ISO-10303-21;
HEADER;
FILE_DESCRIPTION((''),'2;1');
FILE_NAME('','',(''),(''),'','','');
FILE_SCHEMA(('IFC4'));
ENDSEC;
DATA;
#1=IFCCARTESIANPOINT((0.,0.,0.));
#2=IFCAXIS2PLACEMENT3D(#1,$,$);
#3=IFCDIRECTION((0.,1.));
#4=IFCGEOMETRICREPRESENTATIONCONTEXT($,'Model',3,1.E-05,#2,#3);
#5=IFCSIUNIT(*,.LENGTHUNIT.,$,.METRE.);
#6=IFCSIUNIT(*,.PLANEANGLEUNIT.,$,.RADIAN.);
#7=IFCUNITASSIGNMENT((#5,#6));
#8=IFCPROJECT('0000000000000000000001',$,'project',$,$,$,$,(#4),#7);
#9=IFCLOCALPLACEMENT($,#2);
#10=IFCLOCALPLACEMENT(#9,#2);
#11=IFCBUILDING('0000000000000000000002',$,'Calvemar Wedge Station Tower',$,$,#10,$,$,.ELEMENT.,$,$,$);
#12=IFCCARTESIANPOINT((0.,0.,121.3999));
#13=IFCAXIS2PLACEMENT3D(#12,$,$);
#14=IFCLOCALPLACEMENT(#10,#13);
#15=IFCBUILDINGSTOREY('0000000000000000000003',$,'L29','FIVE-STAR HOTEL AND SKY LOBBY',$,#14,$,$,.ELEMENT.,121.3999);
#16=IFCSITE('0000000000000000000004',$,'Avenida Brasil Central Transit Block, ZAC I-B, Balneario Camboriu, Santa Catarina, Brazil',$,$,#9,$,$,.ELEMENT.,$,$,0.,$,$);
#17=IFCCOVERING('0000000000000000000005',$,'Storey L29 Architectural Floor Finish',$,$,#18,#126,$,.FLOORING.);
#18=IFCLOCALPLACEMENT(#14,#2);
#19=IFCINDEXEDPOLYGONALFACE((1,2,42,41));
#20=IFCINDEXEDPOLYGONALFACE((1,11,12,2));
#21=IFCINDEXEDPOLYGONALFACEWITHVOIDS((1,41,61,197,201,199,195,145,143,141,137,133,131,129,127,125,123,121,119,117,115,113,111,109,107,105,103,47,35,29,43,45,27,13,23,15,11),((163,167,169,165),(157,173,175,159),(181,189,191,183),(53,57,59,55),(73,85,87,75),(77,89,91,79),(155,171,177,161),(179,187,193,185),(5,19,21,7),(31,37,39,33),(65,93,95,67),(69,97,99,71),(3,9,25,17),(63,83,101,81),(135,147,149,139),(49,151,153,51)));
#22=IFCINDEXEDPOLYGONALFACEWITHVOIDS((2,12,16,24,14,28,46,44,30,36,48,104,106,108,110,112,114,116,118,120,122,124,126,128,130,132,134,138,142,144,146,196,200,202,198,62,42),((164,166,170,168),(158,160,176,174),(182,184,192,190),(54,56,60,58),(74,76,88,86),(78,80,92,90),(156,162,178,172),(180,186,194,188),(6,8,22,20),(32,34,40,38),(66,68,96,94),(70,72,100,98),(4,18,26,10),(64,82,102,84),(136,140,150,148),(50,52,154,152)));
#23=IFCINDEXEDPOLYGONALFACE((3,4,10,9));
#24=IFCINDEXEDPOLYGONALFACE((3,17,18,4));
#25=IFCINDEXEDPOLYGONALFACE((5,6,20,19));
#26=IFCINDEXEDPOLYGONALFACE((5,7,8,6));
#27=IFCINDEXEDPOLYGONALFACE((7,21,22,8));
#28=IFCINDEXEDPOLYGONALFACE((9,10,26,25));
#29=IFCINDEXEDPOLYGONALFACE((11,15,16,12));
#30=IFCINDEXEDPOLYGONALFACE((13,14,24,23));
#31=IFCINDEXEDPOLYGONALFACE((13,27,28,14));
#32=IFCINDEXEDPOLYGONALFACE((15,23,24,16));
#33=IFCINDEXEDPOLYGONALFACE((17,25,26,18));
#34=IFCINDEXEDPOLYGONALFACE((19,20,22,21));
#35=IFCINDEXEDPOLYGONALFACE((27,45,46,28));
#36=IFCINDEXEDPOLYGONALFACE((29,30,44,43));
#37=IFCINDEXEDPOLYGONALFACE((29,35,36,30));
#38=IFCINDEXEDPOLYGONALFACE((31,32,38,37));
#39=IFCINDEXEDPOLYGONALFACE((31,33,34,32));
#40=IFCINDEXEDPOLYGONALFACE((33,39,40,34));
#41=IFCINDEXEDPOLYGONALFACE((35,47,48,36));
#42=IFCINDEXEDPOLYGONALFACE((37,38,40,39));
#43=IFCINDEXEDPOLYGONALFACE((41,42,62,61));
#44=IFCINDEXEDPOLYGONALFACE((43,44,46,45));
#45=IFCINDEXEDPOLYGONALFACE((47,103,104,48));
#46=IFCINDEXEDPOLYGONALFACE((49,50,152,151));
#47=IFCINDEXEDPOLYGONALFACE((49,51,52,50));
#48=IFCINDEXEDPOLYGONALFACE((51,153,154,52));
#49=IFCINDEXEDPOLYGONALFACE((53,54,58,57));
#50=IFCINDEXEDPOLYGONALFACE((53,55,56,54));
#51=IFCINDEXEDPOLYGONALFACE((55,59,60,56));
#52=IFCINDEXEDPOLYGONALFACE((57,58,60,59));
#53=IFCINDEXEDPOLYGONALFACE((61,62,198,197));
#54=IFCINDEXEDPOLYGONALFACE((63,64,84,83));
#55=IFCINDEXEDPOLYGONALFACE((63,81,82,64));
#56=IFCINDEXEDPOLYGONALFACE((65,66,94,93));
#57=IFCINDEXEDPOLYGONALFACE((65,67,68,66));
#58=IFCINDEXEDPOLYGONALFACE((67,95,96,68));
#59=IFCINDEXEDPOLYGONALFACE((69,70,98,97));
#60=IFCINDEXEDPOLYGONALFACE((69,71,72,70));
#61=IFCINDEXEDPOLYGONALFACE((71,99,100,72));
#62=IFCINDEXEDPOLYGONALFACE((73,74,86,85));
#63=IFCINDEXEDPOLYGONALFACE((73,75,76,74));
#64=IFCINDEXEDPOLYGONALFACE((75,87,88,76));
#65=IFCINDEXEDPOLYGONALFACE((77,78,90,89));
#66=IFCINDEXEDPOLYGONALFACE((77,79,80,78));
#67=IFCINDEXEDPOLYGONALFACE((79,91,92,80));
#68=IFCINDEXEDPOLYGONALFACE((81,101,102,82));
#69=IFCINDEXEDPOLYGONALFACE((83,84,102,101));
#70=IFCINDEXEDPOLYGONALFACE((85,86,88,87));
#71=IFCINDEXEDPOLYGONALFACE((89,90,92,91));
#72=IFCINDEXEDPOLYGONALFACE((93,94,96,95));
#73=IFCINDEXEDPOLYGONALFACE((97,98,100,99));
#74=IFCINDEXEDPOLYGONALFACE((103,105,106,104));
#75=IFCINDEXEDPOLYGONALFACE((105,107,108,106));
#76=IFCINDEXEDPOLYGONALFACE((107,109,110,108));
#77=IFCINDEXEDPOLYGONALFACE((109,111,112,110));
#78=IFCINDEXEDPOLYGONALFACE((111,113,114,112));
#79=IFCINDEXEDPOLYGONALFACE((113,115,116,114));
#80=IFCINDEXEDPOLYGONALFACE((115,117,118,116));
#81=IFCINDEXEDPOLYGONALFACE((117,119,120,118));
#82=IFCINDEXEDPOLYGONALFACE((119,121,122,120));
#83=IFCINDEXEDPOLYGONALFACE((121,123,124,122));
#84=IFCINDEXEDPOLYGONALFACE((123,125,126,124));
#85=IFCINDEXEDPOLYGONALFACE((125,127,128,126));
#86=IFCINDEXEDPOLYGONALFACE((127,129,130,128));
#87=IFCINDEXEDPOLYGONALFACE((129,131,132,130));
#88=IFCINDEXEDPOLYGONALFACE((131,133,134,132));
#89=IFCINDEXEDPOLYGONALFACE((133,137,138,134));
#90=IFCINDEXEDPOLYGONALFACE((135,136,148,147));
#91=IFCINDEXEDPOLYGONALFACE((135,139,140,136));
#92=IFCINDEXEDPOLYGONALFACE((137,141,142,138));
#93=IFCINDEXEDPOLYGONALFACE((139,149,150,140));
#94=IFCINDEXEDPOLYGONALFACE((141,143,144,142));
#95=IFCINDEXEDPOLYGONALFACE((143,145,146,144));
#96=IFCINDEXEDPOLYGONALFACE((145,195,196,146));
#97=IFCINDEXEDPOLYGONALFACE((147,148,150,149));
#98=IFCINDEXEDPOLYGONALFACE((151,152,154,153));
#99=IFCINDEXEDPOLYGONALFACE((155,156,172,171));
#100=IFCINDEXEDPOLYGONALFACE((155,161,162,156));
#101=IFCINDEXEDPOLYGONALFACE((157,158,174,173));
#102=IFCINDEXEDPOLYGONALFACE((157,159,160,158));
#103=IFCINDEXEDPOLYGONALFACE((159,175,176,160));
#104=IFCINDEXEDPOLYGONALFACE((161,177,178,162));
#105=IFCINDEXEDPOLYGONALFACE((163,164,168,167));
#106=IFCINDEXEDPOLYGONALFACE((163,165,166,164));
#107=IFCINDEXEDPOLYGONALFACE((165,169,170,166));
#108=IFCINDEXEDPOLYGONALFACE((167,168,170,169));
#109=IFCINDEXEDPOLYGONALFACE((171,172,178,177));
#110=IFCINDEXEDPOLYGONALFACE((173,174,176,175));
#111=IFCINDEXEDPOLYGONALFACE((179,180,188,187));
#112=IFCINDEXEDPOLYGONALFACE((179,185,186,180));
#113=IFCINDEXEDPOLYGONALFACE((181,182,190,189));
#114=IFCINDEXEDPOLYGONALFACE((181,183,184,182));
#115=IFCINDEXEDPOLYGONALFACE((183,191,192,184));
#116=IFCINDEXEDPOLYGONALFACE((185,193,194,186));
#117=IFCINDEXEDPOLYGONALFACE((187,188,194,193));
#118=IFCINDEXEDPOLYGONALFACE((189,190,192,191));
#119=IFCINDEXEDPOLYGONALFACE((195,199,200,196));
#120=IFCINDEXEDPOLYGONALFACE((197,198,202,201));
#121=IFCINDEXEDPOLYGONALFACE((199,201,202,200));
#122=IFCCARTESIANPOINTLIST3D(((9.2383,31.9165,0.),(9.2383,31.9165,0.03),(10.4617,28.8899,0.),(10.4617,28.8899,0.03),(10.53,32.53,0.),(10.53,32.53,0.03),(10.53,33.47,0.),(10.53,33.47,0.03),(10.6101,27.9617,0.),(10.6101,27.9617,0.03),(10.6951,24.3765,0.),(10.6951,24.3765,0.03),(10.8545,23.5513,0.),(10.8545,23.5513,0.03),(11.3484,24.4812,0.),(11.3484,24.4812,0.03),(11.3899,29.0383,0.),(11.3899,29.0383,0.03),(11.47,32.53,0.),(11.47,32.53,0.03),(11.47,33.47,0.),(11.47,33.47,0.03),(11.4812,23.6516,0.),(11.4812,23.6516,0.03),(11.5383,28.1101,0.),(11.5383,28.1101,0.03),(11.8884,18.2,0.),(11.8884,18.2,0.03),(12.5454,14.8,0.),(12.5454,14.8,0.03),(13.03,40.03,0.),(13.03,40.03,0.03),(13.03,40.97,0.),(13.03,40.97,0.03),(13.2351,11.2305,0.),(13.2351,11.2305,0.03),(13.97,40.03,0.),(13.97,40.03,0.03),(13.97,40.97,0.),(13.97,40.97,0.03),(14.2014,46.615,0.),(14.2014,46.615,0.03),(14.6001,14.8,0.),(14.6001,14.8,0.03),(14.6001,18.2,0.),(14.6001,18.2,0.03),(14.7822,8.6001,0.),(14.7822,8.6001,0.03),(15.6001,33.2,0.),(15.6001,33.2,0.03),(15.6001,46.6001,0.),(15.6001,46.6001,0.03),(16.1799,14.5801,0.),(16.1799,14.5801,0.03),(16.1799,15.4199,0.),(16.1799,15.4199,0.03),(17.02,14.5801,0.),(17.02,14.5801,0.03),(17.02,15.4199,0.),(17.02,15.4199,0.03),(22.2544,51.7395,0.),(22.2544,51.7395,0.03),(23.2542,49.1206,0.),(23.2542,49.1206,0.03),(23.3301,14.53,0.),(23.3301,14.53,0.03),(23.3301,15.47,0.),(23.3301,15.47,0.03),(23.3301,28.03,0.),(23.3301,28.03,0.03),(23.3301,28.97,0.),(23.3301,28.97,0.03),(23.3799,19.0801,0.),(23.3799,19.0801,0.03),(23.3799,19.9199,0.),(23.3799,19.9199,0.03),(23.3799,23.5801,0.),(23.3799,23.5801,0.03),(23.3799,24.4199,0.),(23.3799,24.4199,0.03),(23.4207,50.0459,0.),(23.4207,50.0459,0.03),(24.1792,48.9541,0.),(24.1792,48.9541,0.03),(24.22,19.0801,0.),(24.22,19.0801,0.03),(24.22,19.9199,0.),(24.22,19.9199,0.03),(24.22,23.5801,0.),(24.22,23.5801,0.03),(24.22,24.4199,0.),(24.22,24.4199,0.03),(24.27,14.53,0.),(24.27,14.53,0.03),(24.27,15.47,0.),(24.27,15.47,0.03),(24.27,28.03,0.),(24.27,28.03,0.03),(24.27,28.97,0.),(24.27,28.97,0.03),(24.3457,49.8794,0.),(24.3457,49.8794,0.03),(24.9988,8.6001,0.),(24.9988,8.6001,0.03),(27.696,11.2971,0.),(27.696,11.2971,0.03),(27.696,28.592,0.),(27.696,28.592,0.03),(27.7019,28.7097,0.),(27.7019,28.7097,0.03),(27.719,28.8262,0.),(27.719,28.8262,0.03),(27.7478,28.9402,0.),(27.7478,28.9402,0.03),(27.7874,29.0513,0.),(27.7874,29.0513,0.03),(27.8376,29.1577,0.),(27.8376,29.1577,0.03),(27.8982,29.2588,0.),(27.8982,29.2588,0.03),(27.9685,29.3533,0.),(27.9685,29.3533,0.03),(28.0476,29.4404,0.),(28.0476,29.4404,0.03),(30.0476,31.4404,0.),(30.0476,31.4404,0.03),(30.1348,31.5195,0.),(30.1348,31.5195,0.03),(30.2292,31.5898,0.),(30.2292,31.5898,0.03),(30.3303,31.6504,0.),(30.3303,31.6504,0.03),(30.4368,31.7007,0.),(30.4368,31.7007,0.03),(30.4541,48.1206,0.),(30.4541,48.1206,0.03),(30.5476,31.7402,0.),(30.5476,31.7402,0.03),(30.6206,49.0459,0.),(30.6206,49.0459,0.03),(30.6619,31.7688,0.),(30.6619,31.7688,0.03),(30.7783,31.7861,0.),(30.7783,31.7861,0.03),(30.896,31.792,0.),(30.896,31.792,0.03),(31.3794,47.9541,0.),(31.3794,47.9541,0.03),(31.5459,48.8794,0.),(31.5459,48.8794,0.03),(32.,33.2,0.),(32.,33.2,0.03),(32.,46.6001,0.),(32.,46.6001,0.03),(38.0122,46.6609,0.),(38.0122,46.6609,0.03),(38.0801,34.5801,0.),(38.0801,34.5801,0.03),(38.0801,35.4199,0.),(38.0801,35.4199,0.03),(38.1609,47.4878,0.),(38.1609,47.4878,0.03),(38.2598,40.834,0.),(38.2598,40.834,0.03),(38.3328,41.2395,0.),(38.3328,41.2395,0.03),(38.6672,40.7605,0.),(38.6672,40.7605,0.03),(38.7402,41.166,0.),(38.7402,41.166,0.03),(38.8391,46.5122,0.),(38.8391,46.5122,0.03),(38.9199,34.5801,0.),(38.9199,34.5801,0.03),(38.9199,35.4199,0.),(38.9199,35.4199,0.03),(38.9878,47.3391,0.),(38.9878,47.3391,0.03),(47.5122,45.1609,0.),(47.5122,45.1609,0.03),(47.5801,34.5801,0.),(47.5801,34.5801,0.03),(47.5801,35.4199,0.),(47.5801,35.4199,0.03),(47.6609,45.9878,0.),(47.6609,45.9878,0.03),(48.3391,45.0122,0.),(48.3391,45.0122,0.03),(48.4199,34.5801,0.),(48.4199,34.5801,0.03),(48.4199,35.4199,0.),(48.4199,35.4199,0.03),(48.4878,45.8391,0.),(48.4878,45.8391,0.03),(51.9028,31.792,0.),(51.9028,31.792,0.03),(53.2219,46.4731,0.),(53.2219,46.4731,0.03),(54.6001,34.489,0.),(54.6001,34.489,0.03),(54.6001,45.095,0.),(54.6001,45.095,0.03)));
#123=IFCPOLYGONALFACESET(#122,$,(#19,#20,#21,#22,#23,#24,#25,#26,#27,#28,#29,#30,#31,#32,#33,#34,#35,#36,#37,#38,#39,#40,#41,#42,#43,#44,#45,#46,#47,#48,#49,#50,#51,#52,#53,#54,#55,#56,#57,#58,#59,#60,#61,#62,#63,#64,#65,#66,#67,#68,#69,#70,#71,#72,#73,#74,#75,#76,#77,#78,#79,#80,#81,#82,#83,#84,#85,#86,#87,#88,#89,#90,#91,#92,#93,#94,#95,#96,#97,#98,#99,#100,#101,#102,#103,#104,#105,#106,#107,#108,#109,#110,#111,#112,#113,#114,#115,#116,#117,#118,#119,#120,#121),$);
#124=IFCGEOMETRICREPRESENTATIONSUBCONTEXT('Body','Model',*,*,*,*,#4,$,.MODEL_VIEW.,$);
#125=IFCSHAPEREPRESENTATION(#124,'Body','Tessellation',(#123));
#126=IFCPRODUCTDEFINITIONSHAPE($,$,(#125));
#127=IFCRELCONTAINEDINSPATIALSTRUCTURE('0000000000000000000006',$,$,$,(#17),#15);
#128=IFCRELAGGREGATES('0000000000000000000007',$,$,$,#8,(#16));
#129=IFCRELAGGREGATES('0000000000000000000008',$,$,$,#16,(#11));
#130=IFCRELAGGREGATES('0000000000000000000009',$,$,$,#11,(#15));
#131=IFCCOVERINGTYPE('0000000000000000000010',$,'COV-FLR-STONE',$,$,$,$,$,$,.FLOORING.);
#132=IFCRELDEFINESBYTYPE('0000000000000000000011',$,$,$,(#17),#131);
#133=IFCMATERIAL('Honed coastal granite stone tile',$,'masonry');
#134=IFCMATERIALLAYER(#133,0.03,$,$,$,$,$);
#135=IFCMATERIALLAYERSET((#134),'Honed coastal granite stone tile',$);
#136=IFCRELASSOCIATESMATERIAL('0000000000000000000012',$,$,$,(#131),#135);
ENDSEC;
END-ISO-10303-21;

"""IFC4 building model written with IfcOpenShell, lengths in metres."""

from ifc_helpers import new_model, si_unit, direction, frame, origin, place, context, subcontext, project, spatial, polyline, outline, extrude, material, layer, layer_set, type_object, element, save


model = new_model("IFC4")

# Units and contexts
model_context = context("Model", 3, precision=1e-05, world=origin(), true_north=direction((0.0, 1.0)))
body_context = subcontext(model_context, "Body", "Model", "MODEL_VIEW")
ifc_project = project(units=[si_unit("LENGTHUNIT", "METRE"), si_unit("PLANEANGLEUNIT", "RADIAN")], contexts=[model_context])

# Site, building, storey
site_placement = place(None, origin())
site = spatial("IfcSite", under=ifc_project, at=site_placement, Name="Avenida Brasil Central Transit Block, ZAC I-B, Balneario Camboriu, Santa Catarina, Brazil", CompositionType="ELEMENT", RefElevation=0.0)
building_placement = place(site_placement, origin())
building = spatial("IfcBuilding", under=site, at=building_placement, Name="Calvemar Wedge Station Tower", CompositionType="ELEMENT")
storey_placement = place(building_placement, frame((0.0, 0.0, 121.3999)))
storey = spatial("IfcBuildingStorey", under=building, at=storey_placement, Name="L29", Description="FIVE-STAR HOTEL AND SKY LOBBY", CompositionType="ELEMENT", Elevation=121.3999)

# Covering
ifc_material_1 = material(Name="Honed coastal granite stone tile", Category="masonry")
ifc_layer_1 = layer(ifc_material_1, 0.03)
ifc_layer_set_1 = layer_set([ifc_layer_1], Name="Honed coastal granite stone tile")
covering_type_1 = type_object("IfcCoveringType", Name="COV-FLR-STONE", PredefinedType="FLOORING", material=ifc_layer_set_1)
covering_1_placement = place(storey_placement, origin())
element("IfcCovering", 1, at=covering_1_placement, inside=storey, type_object=covering_type_1, Name="Storey L29 Architectural Floor Finish", PredefinedType="FLOORING", context=body_context, shape_type="SweptSolid", body=[
    extrude(outline(polyline([(28.0476, 29.4404), (30.0476, 31.4404), (30.1348, 31.5195), (30.2292, 31.5898), (30.3303, 31.6504), (30.4368, 31.7007), (30.5476, 31.7402), (30.6619, 31.7688), (30.7783, 31.7861), (30.896, 31.792), (51.9028, 31.792), (54.6001, 34.489), (54.6001, 45.095), (53.2219, 46.4731), (22.2544, 51.7395), (14.2014, 46.615), (9.2383, 31.9165), (10.6951, 24.3765), (11.3484, 24.4812), (11.4812, 23.6516), (10.8545, 23.5513), (11.8884, 18.2), (14.6001, 18.2), (14.6001, 14.8), (12.5454, 14.8), (13.2351, 11.2305), (14.7822, 8.6001), (24.9988, 8.6001), (27.696, 11.2971), (27.696, 28.592), (27.7019, 28.7097), (27.719, 28.8262), (27.7478, 28.9402), (27.7874, 29.0513), (27.8376, 29.1577), (27.8982, 29.2588), (27.9685, 29.3533), (28.0476, 29.4404)]), holes=[polyline([(15.6001, 46.6001), (32.0, 46.6001), (32.0, 33.2), (15.6001, 33.2), (15.6001, 46.6001)]), polyline([(10.53, 32.53), (10.53, 33.47), (11.47, 33.47), (11.47, 32.53), (10.53, 32.53)]), polyline([(13.03, 40.97), (13.97, 40.97), (13.97, 40.03), (13.03, 40.03), (13.03, 40.97)]), polyline([(24.3457, 49.8794), (24.1792, 48.9541), (23.2542, 49.1206), (23.4207, 50.0459), (24.3457, 49.8794)]), polyline([(31.3794, 47.9541), (30.4541, 48.1206), (30.6206, 49.0459), (31.5459, 48.8794), (31.3794, 47.9541)]), polyline([(38.0122, 46.6609), (38.1609, 47.4878), (38.9878, 47.3391), (38.8391, 46.5122), (38.0122, 46.6609)]), polyline([(47.6609, 45.9878), (48.4878, 45.8391), (48.3391, 45.0122), (47.5122, 45.1609), (47.6609, 45.9878)]), polyline([(38.9199, 35.4199), (38.9199, 34.5801), (38.0801, 34.5801), (38.0801, 35.4199), (38.9199, 35.4199)]), polyline([(48.4199, 34.5801), (47.5801, 34.5801), (47.5801, 35.4199), (48.4199, 35.4199), (48.4199, 34.5801)]), polyline([(38.2598, 40.834), (38.3328, 41.2395), (38.7402, 41.166), (38.6672, 40.7605), (38.2598, 40.834)]), polyline([(11.3899, 29.0383), (11.5383, 28.1101), (10.6101, 27.9617), (10.4617, 28.8899), (11.3899, 29.0383)]), polyline([(24.27, 28.03), (23.3301, 28.03), (23.3301, 28.97), (24.27, 28.97), (24.27, 28.03)]), polyline([(23.3799, 23.5801), (23.3799, 24.4199), (24.22, 24.4199), (24.22, 23.5801), (23.3799, 23.5801)]), polyline([(23.3799, 19.9199), (24.22, 19.9199), (24.22, 19.0801), (23.3799, 19.0801), (23.3799, 19.9199)]), polyline([(24.27, 15.47), (24.27, 14.53), (23.3301, 14.53), (23.3301, 15.47), (24.27, 15.47)]), polyline([(17.02, 14.5801), (16.1799, 14.5801), (16.1799, 15.4199), (17.02, 15.4199), (17.02, 14.5801)])]), origin(), (0.0, 0.0, 1.0), 0.03),
])

save(model, "model.ifc")
